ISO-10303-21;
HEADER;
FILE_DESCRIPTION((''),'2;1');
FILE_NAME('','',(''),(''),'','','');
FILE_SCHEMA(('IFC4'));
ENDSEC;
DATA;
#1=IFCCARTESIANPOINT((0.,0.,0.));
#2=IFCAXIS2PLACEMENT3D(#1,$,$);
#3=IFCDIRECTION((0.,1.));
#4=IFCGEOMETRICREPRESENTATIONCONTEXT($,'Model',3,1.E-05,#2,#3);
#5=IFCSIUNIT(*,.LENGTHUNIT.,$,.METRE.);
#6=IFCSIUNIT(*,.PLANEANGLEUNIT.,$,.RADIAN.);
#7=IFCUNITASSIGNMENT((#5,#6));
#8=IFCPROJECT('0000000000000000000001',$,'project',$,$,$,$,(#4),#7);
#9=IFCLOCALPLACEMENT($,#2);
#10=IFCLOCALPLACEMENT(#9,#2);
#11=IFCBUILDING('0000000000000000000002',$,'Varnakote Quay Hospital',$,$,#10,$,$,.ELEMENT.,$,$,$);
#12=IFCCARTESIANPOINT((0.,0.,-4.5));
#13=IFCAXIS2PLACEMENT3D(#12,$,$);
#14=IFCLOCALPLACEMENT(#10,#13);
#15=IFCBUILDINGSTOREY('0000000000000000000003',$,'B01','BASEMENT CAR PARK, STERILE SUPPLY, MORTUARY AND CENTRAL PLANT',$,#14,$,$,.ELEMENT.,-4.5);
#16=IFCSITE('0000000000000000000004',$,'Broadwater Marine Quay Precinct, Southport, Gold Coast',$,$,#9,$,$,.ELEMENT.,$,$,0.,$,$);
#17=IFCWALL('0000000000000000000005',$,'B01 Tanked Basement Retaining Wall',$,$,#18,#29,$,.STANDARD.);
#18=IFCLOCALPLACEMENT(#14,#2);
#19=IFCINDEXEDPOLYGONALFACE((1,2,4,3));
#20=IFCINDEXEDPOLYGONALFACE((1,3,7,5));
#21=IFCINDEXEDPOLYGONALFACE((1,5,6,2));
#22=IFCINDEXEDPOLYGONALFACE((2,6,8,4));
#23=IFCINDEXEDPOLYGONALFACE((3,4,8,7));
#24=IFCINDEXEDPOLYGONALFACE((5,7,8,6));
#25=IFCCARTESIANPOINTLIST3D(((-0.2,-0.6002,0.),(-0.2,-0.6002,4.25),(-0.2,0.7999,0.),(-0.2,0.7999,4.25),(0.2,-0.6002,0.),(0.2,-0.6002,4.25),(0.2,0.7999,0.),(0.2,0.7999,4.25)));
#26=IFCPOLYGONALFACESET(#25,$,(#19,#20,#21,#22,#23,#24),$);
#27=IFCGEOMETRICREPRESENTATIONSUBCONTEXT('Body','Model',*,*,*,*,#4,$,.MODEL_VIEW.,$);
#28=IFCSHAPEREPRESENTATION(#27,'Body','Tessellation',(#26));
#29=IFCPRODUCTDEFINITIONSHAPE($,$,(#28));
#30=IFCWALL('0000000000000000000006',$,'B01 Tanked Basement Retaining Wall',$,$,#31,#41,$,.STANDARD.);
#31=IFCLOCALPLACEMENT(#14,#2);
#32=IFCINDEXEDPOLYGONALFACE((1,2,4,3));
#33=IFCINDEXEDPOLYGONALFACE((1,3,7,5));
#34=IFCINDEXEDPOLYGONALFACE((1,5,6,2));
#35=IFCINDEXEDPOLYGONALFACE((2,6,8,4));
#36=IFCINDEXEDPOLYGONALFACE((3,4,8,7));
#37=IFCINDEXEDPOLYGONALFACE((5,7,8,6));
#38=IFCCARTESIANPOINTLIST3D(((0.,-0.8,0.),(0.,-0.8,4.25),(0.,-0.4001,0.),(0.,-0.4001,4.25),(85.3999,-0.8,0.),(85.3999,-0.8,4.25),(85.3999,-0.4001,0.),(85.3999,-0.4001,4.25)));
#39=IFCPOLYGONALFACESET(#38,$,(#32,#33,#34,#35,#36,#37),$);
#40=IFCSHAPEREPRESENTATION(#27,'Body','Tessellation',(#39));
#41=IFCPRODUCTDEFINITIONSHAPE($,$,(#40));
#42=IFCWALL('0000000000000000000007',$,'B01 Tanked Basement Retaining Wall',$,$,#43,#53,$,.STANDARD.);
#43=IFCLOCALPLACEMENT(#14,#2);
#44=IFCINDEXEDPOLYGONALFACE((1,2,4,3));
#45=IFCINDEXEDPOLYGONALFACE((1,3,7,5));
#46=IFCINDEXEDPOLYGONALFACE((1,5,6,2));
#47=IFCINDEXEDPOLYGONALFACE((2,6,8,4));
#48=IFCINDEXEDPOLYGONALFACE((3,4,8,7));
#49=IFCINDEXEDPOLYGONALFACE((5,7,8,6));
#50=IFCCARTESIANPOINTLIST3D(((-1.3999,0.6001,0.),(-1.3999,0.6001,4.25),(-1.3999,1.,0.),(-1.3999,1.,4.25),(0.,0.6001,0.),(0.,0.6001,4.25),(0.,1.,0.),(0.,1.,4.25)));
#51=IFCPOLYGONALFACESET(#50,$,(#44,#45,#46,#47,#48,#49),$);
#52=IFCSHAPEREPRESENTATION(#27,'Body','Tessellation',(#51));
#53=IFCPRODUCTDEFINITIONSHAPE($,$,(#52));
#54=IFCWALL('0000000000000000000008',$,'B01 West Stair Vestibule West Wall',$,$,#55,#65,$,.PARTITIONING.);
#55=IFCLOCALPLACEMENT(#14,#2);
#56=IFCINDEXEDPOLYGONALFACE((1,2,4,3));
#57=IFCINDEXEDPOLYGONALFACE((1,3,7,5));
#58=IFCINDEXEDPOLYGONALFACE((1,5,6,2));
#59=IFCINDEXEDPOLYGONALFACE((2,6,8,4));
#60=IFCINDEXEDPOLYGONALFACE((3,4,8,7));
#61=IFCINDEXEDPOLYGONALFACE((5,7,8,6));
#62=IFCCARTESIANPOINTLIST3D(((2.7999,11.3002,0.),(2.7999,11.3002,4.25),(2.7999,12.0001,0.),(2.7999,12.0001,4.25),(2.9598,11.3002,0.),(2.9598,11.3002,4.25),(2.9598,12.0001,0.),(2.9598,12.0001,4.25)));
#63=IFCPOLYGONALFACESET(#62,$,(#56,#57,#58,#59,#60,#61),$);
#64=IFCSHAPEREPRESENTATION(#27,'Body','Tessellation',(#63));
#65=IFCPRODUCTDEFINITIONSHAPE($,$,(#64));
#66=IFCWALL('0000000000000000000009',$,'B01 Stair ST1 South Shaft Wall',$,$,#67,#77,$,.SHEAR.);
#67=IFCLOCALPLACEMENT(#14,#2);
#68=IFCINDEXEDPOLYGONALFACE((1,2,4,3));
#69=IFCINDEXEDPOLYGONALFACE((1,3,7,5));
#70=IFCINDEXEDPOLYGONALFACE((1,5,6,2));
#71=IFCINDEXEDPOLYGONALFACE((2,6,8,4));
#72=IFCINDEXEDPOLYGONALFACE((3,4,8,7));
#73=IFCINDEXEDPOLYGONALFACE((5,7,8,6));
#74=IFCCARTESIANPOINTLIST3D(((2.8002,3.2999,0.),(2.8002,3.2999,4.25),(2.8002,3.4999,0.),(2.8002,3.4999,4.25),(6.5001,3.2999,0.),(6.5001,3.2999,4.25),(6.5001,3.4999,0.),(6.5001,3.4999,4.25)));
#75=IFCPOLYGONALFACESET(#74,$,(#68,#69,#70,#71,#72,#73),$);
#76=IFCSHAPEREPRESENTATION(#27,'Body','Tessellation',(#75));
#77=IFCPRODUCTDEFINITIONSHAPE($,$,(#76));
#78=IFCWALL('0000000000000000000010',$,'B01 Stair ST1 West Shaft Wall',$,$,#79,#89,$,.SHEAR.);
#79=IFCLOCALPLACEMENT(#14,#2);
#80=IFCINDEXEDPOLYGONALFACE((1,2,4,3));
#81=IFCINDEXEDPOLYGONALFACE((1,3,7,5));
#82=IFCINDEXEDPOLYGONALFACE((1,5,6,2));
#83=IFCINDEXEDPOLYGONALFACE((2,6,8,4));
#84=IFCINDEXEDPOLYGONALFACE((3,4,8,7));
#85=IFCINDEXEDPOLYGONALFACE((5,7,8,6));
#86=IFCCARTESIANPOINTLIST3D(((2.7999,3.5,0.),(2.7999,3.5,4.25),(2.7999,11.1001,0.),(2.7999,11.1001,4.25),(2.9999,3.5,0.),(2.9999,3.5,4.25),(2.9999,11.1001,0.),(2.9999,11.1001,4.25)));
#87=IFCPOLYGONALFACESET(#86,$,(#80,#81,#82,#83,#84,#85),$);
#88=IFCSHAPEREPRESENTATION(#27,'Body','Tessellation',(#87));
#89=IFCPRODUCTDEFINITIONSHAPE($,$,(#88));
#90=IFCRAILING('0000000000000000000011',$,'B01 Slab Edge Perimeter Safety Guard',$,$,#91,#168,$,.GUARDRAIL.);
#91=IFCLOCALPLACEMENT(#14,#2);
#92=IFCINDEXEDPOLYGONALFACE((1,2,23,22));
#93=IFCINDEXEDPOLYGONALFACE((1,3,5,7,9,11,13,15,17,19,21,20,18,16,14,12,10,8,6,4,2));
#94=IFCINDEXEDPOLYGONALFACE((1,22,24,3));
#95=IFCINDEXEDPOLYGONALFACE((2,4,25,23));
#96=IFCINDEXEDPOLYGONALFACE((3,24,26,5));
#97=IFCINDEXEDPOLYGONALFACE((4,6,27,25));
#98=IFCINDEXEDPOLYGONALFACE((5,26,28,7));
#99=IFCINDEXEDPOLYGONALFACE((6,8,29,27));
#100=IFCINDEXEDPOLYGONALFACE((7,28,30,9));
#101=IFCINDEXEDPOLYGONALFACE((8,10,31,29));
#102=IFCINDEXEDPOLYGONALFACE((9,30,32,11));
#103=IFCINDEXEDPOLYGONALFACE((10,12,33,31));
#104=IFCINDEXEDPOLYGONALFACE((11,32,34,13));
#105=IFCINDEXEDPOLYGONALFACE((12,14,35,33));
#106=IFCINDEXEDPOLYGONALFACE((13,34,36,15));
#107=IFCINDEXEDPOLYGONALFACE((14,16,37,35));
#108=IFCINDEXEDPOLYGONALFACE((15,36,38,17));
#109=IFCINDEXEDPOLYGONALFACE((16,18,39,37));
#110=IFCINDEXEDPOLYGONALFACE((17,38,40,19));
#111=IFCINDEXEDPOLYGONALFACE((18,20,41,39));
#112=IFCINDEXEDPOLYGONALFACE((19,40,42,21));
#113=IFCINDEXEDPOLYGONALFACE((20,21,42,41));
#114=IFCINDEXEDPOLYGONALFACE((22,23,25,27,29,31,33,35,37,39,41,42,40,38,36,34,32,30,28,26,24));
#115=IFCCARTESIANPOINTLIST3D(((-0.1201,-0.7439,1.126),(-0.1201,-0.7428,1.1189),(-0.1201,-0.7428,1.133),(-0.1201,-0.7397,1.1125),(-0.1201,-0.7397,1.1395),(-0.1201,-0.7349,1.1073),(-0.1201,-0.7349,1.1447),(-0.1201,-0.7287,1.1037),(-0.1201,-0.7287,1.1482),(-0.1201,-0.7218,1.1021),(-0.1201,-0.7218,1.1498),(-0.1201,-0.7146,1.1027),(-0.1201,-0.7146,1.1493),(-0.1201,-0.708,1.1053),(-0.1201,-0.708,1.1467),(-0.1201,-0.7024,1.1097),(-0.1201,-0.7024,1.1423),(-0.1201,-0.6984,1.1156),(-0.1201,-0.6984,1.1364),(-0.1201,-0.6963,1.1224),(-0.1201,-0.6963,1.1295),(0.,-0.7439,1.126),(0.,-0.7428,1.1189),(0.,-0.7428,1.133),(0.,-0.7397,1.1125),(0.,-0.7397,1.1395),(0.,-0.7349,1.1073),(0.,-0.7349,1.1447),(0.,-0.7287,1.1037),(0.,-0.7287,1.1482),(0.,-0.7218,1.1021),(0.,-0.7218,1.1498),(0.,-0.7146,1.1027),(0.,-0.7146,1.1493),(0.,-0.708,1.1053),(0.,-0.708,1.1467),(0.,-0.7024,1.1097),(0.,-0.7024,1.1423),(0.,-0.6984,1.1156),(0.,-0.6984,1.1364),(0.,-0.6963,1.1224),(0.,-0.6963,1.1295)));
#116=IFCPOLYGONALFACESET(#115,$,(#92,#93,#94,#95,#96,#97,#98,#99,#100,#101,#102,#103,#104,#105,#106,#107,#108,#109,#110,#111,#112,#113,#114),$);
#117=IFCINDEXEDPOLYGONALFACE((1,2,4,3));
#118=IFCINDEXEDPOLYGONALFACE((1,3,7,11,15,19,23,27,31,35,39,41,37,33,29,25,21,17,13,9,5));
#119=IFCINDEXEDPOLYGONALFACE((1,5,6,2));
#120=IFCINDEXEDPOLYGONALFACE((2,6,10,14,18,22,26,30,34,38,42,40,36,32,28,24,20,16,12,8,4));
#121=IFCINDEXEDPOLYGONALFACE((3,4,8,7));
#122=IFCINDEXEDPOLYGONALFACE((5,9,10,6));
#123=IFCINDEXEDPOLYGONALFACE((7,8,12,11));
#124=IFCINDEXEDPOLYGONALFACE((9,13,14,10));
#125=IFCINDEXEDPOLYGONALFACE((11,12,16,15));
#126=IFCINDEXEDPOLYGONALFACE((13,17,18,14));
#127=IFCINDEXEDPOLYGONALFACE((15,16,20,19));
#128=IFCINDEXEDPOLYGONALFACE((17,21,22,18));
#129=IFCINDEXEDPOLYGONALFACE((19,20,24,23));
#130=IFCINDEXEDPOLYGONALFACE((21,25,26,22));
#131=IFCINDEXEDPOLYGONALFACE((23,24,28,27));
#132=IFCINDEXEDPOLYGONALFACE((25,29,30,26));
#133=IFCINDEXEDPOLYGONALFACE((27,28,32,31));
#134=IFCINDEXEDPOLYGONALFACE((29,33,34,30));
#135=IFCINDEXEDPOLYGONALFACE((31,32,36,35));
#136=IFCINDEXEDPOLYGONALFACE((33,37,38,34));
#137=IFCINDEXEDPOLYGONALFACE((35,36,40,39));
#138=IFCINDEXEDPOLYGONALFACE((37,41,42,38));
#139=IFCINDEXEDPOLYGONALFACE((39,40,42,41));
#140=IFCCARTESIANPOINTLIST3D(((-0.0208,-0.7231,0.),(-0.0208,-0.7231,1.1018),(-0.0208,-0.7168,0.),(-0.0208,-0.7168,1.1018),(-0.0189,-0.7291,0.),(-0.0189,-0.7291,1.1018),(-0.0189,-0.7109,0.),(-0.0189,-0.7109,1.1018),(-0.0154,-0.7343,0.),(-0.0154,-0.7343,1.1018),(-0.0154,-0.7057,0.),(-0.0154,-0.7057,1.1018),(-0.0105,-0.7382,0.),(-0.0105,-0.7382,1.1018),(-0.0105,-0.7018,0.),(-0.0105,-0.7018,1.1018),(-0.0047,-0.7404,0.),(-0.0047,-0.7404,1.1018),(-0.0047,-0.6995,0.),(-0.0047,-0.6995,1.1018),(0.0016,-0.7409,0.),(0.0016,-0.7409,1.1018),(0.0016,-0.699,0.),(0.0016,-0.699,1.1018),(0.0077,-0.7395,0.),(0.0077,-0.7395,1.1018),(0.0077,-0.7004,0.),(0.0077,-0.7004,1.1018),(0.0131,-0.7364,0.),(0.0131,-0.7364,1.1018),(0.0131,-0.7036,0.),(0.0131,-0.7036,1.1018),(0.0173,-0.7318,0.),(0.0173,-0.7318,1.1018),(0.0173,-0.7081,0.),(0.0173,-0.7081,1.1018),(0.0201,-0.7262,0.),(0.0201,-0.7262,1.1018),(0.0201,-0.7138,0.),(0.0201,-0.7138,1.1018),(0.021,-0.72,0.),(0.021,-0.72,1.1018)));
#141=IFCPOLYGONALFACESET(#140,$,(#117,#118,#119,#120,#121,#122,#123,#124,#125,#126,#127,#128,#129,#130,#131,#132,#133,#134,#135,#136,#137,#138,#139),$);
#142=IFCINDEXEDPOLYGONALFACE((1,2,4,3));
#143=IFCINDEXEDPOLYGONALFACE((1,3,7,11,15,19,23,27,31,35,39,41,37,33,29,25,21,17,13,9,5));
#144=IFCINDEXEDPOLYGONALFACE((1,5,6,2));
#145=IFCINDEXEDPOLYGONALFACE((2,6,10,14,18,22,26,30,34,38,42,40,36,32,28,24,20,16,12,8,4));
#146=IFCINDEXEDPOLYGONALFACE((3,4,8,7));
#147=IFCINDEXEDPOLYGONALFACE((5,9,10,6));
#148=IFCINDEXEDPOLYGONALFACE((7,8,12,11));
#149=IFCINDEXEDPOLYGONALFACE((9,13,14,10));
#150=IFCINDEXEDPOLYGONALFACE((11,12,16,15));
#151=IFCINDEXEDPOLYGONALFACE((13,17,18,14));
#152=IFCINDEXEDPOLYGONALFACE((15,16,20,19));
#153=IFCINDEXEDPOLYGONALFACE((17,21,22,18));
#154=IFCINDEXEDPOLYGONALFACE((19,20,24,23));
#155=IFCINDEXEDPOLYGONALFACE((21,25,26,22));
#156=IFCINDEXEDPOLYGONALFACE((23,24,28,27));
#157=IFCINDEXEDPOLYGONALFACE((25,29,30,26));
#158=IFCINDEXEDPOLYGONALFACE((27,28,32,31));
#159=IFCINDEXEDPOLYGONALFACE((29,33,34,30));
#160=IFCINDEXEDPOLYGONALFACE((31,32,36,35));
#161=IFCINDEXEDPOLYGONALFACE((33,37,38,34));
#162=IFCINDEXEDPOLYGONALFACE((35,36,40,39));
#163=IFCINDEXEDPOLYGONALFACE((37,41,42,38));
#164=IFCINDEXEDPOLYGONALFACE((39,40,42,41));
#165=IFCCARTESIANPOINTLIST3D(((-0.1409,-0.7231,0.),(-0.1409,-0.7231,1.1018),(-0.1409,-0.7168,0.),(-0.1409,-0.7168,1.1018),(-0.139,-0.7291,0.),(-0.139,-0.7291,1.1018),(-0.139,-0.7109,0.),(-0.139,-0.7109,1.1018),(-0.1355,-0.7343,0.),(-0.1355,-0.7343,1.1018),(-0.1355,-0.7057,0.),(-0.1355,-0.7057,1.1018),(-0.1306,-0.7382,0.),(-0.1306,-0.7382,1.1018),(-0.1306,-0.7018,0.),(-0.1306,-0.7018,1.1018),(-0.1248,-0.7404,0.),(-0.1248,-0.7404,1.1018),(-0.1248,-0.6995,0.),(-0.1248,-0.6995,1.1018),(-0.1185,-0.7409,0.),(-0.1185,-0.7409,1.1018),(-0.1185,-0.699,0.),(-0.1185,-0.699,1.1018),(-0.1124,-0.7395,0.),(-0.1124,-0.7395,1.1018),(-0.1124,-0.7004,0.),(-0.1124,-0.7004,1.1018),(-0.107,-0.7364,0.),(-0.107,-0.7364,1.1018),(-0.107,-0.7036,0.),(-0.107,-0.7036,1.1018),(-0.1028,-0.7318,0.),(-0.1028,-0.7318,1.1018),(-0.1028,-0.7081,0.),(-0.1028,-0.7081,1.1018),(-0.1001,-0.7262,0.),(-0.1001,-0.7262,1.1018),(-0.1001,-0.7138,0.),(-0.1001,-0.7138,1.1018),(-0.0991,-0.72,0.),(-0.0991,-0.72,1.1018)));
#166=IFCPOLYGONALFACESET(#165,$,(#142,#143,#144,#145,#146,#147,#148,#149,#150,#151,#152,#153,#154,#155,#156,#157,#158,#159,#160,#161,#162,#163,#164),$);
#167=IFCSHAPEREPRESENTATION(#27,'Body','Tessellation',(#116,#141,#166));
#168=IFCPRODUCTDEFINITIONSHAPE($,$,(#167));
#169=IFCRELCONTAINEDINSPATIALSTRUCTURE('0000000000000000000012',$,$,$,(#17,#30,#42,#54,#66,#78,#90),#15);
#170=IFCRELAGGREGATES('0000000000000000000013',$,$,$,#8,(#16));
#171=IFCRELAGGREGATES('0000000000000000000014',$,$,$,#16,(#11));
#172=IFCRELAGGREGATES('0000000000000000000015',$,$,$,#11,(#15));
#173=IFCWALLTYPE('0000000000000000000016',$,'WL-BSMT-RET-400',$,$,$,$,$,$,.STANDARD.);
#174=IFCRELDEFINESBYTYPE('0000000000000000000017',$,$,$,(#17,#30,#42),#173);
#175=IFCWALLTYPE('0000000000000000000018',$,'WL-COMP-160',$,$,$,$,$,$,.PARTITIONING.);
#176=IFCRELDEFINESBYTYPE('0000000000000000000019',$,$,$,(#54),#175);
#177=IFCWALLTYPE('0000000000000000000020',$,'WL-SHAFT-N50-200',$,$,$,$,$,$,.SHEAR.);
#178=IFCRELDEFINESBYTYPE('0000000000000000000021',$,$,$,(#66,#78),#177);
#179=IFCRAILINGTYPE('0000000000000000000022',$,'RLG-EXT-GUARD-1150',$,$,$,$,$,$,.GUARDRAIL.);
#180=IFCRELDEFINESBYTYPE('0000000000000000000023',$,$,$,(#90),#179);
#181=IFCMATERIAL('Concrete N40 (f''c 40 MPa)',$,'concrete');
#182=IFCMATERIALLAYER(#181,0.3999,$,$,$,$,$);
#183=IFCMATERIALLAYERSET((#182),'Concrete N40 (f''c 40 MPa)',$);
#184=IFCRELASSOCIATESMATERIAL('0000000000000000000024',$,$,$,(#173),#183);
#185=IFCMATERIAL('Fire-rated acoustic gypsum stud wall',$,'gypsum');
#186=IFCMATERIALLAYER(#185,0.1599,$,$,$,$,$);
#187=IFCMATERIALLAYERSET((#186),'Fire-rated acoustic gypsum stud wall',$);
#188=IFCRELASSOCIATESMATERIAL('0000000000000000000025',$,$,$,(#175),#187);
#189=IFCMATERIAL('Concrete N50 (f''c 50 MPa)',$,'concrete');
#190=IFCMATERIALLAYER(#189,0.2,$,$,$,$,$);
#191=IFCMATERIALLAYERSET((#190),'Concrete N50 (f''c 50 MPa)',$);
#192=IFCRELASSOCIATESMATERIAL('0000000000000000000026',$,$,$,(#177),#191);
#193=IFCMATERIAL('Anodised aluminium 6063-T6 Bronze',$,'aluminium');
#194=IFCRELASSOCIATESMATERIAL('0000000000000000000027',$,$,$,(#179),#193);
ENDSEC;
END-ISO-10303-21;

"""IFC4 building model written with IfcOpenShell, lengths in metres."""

from ifc_helpers import new_model, si_unit, direction, frame, frame_2d, origin, origin_2d, place, context, subcontext, project, spatial, rectangle, circle, extrude, material, layer, layer_set, type_object, element, save


model = new_model("IFC4")

# Units and contexts
model_context = context("Model", 3, precision=1e-05, world=origin(), true_north=direction((0.0, 1.0)))
body_context = subcontext(model_context, "Body", "Model", "MODEL_VIEW")
ifc_project = project(units=[si_unit("LENGTHUNIT", "METRE"), si_unit("PLANEANGLEUNIT", "RADIAN")], contexts=[model_context])

# Site, building, storey
site_placement = place(None, origin())
site = spatial("IfcSite", under=ifc_project, at=site_placement, Name="Broadwater Marine Quay Precinct, Southport, Gold Coast", CompositionType="ELEMENT", RefElevation=0.0)
building_placement = place(site_placement, origin())
building = spatial("IfcBuilding", under=site, at=building_placement, Name="Varnakote Quay Hospital", CompositionType="ELEMENT")
storey_placement = place(building_placement, frame((0.0, 0.0, -4.5)))
storey = spatial("IfcBuildingStorey", under=building, at=storey_placement, Name="B01", Description="BASEMENT CAR PARK, STERILE SUPPLY, MORTUARY AND CENTRAL PLANT", CompositionType="ELEMENT", Elevation=-4.5)

# Walls
ifc_material_1 = material(Name="Concrete N40 (f'c 40 MPa)", Category="concrete")
ifc_layer_1 = layer(ifc_material_1, 0.3999)
ifc_layer_set_1 = layer_set([ifc_layer_1], Name="Concrete N40 (f'c 40 MPa)")
wall_type_1 = type_object("IfcWallType", Name="WL-BSMT-RET-400", PredefinedType="STANDARD", material=ifc_layer_set_1)
wall_1_placement = place(storey_placement, frame((0.0, 0.8, 0.0), z_axis=(0.0, 0.0, 1.0), x_axis=(0.0, -1.0, 0.0)))
element("IfcWall", 1, at=wall_1_placement, inside=storey, type_object=wall_type_1, Name="B01 Tanked Basement Retaining Wall", PredefinedType="STANDARD", context=body_context, shape_type="SweptSolid", body=[
    extrude(rectangle(XDim=1.4001, YDim=0.3999, at=frame_2d((0.7002, 0.0))), origin(), (0.0, 0.0, 1.0), 4.25),
])
wall_2_placement = place(storey_placement, frame((0.0, -0.6001, 0.0), z_axis=(0.0, 0.0, 1.0), x_axis=(1.0, 0.0, 0.0)))
element("IfcWall", 2, at=wall_2_placement, inside=storey, type_object=wall_type_1, Name="B01 Tanked Basement Retaining Wall", PredefinedType="STANDARD", context=body_context, shape_type="SweptSolid", body=[
    extrude(rectangle(XDim=85.3999, YDim=0.3999, at=frame_2d((42.7, 0.0))), origin(), (0.0, 0.0, 1.0), 4.25),
])
wall_3_placement = place(storey_placement, frame((-1.3999, 0.8, 0.0), z_axis=(0.0, 0.0, 1.0), x_axis=(1.0, 0.0, 0.0)))
element("IfcWall", 3, at=wall_3_placement, inside=storey, type_object=wall_type_1, Name="B01 Tanked Basement Retaining Wall", PredefinedType="STANDARD", context=body_context, shape_type="SweptSolid", body=[
    extrude(rectangle(XDim=1.3999, YDim=0.3999, at=frame_2d((0.7, 0.0))), origin(), (0.0, 0.0, 1.0), 4.25),
])
ifc_material_2 = material(Name="Fire-rated acoustic gypsum stud wall", Category="gypsum")
ifc_layer_2 = layer(ifc_material_2, 0.1599)
ifc_layer_set_2 = layer_set([ifc_layer_2], Name="Fire-rated acoustic gypsum stud wall")
wall_type_2 = type_object("IfcWallType", Name="WL-COMP-160", PredefinedType="PARTITIONING", material=ifc_layer_set_2)
wall_4_placement = place(storey_placement, frame((2.8799, 11.3, 0.0), z_axis=(0.0, 0.0, 1.0), x_axis=(0.0, 1.0, 0.0)))
element("IfcWall", 4, at=wall_4_placement, inside=storey, type_object=wall_type_2, Name="B01 West Stair Vestibule West Wall", PredefinedType="PARTITIONING", context=body_context, shape_type="SweptSolid", body=[
    extrude(rectangle(XDim=0.7, YDim=0.1599, at=frame_2d((0.3501, 0.0))), origin(), (0.0, 0.0, 1.0), 4.25),
])
ifc_material_3 = material(Name="Concrete N50 (f'c 50 MPa)", Category="concrete")
ifc_layer_3 = layer(ifc_material_3, 0.2)
ifc_layer_set_3 = layer_set([ifc_layer_3], Name="Concrete N50 (f'c 50 MPa)")
wall_type_3 = type_object("IfcWallType", Name="WL-SHAFT-N50-200", PredefinedType="SHEAR", material=ifc_layer_set_3)
wall_5_placement = place(storey_placement, frame((2.8, 3.3999, 0.0), z_axis=(0.0, 0.0, 1.0), x_axis=(1.0, 0.0, 0.0)))
element("IfcWall", 5, at=wall_5_placement, inside=storey, type_object=wall_type_3, Name="B01 Stair ST1 South Shaft Wall", PredefinedType="SHEAR", context=body_context, shape_type="SweptSolid", body=[
    extrude(rectangle(XDim=3.7, YDim=0.2, at=frame_2d((1.8501, 0.0))), origin(), (0.0, 0.0, 1.0), 4.25),
])
wall_6_placement = place(storey_placement, frame((2.8999, 3.5, 0.0), z_axis=(0.0, 0.0, 1.0), x_axis=(0.0, 1.0, 0.0)))
element("IfcWall", 6, at=wall_6_placement, inside=storey, type_object=wall_type_3, Name="B01 Stair ST1 West Shaft Wall", PredefinedType="SHEAR", context=body_context, shape_type="SweptSolid", body=[
    extrude(rectangle(XDim=7.6001, YDim=0.2, at=frame_2d((3.8, 0.0))), origin(), (0.0, 0.0, 1.0), 4.25),
])

# Railing
ifc_material_4 = material(Name="Anodised aluminium 6063-T6 Bronze", Category="aluminium")
railing_type = type_object("IfcRailingType", Name="RLG-EXT-GUARD-1150", PredefinedType="GUARDRAIL", material=ifc_material_4)
railing_1_placement = place(storey_placement, frame((0.0, -0.72, 0.0)))
element("IfcRailing", 7, at=railing_1_placement, inside=storey, type_object=railing_type, Name="B01 Slab Edge Perimeter Safety Guard", PredefinedType="GUARDRAIL", context=body_context, shape_type="SweptSolid", body=[
    extrude(circle(Radius=0.0239, at=origin_2d()), frame((0.0, 0.0, 1.126), z_axis=(-1.0, 0.0, 0.0), x_axis=(0.0, -1.0, 0.0)), (0.0, 0.0, 1.0), 0.1201),
    extrude(circle(Radius=0.021, at=origin_2d()), origin(), (0.0, 0.0, 1.0), 1.1018),
    extrude(circle(Radius=0.021, at=origin_2d()), frame((-0.1201, 0.0, 0.0)), (0.0, 0.0, 1.0), 1.1018),
])

save(model, "model.ifc")
